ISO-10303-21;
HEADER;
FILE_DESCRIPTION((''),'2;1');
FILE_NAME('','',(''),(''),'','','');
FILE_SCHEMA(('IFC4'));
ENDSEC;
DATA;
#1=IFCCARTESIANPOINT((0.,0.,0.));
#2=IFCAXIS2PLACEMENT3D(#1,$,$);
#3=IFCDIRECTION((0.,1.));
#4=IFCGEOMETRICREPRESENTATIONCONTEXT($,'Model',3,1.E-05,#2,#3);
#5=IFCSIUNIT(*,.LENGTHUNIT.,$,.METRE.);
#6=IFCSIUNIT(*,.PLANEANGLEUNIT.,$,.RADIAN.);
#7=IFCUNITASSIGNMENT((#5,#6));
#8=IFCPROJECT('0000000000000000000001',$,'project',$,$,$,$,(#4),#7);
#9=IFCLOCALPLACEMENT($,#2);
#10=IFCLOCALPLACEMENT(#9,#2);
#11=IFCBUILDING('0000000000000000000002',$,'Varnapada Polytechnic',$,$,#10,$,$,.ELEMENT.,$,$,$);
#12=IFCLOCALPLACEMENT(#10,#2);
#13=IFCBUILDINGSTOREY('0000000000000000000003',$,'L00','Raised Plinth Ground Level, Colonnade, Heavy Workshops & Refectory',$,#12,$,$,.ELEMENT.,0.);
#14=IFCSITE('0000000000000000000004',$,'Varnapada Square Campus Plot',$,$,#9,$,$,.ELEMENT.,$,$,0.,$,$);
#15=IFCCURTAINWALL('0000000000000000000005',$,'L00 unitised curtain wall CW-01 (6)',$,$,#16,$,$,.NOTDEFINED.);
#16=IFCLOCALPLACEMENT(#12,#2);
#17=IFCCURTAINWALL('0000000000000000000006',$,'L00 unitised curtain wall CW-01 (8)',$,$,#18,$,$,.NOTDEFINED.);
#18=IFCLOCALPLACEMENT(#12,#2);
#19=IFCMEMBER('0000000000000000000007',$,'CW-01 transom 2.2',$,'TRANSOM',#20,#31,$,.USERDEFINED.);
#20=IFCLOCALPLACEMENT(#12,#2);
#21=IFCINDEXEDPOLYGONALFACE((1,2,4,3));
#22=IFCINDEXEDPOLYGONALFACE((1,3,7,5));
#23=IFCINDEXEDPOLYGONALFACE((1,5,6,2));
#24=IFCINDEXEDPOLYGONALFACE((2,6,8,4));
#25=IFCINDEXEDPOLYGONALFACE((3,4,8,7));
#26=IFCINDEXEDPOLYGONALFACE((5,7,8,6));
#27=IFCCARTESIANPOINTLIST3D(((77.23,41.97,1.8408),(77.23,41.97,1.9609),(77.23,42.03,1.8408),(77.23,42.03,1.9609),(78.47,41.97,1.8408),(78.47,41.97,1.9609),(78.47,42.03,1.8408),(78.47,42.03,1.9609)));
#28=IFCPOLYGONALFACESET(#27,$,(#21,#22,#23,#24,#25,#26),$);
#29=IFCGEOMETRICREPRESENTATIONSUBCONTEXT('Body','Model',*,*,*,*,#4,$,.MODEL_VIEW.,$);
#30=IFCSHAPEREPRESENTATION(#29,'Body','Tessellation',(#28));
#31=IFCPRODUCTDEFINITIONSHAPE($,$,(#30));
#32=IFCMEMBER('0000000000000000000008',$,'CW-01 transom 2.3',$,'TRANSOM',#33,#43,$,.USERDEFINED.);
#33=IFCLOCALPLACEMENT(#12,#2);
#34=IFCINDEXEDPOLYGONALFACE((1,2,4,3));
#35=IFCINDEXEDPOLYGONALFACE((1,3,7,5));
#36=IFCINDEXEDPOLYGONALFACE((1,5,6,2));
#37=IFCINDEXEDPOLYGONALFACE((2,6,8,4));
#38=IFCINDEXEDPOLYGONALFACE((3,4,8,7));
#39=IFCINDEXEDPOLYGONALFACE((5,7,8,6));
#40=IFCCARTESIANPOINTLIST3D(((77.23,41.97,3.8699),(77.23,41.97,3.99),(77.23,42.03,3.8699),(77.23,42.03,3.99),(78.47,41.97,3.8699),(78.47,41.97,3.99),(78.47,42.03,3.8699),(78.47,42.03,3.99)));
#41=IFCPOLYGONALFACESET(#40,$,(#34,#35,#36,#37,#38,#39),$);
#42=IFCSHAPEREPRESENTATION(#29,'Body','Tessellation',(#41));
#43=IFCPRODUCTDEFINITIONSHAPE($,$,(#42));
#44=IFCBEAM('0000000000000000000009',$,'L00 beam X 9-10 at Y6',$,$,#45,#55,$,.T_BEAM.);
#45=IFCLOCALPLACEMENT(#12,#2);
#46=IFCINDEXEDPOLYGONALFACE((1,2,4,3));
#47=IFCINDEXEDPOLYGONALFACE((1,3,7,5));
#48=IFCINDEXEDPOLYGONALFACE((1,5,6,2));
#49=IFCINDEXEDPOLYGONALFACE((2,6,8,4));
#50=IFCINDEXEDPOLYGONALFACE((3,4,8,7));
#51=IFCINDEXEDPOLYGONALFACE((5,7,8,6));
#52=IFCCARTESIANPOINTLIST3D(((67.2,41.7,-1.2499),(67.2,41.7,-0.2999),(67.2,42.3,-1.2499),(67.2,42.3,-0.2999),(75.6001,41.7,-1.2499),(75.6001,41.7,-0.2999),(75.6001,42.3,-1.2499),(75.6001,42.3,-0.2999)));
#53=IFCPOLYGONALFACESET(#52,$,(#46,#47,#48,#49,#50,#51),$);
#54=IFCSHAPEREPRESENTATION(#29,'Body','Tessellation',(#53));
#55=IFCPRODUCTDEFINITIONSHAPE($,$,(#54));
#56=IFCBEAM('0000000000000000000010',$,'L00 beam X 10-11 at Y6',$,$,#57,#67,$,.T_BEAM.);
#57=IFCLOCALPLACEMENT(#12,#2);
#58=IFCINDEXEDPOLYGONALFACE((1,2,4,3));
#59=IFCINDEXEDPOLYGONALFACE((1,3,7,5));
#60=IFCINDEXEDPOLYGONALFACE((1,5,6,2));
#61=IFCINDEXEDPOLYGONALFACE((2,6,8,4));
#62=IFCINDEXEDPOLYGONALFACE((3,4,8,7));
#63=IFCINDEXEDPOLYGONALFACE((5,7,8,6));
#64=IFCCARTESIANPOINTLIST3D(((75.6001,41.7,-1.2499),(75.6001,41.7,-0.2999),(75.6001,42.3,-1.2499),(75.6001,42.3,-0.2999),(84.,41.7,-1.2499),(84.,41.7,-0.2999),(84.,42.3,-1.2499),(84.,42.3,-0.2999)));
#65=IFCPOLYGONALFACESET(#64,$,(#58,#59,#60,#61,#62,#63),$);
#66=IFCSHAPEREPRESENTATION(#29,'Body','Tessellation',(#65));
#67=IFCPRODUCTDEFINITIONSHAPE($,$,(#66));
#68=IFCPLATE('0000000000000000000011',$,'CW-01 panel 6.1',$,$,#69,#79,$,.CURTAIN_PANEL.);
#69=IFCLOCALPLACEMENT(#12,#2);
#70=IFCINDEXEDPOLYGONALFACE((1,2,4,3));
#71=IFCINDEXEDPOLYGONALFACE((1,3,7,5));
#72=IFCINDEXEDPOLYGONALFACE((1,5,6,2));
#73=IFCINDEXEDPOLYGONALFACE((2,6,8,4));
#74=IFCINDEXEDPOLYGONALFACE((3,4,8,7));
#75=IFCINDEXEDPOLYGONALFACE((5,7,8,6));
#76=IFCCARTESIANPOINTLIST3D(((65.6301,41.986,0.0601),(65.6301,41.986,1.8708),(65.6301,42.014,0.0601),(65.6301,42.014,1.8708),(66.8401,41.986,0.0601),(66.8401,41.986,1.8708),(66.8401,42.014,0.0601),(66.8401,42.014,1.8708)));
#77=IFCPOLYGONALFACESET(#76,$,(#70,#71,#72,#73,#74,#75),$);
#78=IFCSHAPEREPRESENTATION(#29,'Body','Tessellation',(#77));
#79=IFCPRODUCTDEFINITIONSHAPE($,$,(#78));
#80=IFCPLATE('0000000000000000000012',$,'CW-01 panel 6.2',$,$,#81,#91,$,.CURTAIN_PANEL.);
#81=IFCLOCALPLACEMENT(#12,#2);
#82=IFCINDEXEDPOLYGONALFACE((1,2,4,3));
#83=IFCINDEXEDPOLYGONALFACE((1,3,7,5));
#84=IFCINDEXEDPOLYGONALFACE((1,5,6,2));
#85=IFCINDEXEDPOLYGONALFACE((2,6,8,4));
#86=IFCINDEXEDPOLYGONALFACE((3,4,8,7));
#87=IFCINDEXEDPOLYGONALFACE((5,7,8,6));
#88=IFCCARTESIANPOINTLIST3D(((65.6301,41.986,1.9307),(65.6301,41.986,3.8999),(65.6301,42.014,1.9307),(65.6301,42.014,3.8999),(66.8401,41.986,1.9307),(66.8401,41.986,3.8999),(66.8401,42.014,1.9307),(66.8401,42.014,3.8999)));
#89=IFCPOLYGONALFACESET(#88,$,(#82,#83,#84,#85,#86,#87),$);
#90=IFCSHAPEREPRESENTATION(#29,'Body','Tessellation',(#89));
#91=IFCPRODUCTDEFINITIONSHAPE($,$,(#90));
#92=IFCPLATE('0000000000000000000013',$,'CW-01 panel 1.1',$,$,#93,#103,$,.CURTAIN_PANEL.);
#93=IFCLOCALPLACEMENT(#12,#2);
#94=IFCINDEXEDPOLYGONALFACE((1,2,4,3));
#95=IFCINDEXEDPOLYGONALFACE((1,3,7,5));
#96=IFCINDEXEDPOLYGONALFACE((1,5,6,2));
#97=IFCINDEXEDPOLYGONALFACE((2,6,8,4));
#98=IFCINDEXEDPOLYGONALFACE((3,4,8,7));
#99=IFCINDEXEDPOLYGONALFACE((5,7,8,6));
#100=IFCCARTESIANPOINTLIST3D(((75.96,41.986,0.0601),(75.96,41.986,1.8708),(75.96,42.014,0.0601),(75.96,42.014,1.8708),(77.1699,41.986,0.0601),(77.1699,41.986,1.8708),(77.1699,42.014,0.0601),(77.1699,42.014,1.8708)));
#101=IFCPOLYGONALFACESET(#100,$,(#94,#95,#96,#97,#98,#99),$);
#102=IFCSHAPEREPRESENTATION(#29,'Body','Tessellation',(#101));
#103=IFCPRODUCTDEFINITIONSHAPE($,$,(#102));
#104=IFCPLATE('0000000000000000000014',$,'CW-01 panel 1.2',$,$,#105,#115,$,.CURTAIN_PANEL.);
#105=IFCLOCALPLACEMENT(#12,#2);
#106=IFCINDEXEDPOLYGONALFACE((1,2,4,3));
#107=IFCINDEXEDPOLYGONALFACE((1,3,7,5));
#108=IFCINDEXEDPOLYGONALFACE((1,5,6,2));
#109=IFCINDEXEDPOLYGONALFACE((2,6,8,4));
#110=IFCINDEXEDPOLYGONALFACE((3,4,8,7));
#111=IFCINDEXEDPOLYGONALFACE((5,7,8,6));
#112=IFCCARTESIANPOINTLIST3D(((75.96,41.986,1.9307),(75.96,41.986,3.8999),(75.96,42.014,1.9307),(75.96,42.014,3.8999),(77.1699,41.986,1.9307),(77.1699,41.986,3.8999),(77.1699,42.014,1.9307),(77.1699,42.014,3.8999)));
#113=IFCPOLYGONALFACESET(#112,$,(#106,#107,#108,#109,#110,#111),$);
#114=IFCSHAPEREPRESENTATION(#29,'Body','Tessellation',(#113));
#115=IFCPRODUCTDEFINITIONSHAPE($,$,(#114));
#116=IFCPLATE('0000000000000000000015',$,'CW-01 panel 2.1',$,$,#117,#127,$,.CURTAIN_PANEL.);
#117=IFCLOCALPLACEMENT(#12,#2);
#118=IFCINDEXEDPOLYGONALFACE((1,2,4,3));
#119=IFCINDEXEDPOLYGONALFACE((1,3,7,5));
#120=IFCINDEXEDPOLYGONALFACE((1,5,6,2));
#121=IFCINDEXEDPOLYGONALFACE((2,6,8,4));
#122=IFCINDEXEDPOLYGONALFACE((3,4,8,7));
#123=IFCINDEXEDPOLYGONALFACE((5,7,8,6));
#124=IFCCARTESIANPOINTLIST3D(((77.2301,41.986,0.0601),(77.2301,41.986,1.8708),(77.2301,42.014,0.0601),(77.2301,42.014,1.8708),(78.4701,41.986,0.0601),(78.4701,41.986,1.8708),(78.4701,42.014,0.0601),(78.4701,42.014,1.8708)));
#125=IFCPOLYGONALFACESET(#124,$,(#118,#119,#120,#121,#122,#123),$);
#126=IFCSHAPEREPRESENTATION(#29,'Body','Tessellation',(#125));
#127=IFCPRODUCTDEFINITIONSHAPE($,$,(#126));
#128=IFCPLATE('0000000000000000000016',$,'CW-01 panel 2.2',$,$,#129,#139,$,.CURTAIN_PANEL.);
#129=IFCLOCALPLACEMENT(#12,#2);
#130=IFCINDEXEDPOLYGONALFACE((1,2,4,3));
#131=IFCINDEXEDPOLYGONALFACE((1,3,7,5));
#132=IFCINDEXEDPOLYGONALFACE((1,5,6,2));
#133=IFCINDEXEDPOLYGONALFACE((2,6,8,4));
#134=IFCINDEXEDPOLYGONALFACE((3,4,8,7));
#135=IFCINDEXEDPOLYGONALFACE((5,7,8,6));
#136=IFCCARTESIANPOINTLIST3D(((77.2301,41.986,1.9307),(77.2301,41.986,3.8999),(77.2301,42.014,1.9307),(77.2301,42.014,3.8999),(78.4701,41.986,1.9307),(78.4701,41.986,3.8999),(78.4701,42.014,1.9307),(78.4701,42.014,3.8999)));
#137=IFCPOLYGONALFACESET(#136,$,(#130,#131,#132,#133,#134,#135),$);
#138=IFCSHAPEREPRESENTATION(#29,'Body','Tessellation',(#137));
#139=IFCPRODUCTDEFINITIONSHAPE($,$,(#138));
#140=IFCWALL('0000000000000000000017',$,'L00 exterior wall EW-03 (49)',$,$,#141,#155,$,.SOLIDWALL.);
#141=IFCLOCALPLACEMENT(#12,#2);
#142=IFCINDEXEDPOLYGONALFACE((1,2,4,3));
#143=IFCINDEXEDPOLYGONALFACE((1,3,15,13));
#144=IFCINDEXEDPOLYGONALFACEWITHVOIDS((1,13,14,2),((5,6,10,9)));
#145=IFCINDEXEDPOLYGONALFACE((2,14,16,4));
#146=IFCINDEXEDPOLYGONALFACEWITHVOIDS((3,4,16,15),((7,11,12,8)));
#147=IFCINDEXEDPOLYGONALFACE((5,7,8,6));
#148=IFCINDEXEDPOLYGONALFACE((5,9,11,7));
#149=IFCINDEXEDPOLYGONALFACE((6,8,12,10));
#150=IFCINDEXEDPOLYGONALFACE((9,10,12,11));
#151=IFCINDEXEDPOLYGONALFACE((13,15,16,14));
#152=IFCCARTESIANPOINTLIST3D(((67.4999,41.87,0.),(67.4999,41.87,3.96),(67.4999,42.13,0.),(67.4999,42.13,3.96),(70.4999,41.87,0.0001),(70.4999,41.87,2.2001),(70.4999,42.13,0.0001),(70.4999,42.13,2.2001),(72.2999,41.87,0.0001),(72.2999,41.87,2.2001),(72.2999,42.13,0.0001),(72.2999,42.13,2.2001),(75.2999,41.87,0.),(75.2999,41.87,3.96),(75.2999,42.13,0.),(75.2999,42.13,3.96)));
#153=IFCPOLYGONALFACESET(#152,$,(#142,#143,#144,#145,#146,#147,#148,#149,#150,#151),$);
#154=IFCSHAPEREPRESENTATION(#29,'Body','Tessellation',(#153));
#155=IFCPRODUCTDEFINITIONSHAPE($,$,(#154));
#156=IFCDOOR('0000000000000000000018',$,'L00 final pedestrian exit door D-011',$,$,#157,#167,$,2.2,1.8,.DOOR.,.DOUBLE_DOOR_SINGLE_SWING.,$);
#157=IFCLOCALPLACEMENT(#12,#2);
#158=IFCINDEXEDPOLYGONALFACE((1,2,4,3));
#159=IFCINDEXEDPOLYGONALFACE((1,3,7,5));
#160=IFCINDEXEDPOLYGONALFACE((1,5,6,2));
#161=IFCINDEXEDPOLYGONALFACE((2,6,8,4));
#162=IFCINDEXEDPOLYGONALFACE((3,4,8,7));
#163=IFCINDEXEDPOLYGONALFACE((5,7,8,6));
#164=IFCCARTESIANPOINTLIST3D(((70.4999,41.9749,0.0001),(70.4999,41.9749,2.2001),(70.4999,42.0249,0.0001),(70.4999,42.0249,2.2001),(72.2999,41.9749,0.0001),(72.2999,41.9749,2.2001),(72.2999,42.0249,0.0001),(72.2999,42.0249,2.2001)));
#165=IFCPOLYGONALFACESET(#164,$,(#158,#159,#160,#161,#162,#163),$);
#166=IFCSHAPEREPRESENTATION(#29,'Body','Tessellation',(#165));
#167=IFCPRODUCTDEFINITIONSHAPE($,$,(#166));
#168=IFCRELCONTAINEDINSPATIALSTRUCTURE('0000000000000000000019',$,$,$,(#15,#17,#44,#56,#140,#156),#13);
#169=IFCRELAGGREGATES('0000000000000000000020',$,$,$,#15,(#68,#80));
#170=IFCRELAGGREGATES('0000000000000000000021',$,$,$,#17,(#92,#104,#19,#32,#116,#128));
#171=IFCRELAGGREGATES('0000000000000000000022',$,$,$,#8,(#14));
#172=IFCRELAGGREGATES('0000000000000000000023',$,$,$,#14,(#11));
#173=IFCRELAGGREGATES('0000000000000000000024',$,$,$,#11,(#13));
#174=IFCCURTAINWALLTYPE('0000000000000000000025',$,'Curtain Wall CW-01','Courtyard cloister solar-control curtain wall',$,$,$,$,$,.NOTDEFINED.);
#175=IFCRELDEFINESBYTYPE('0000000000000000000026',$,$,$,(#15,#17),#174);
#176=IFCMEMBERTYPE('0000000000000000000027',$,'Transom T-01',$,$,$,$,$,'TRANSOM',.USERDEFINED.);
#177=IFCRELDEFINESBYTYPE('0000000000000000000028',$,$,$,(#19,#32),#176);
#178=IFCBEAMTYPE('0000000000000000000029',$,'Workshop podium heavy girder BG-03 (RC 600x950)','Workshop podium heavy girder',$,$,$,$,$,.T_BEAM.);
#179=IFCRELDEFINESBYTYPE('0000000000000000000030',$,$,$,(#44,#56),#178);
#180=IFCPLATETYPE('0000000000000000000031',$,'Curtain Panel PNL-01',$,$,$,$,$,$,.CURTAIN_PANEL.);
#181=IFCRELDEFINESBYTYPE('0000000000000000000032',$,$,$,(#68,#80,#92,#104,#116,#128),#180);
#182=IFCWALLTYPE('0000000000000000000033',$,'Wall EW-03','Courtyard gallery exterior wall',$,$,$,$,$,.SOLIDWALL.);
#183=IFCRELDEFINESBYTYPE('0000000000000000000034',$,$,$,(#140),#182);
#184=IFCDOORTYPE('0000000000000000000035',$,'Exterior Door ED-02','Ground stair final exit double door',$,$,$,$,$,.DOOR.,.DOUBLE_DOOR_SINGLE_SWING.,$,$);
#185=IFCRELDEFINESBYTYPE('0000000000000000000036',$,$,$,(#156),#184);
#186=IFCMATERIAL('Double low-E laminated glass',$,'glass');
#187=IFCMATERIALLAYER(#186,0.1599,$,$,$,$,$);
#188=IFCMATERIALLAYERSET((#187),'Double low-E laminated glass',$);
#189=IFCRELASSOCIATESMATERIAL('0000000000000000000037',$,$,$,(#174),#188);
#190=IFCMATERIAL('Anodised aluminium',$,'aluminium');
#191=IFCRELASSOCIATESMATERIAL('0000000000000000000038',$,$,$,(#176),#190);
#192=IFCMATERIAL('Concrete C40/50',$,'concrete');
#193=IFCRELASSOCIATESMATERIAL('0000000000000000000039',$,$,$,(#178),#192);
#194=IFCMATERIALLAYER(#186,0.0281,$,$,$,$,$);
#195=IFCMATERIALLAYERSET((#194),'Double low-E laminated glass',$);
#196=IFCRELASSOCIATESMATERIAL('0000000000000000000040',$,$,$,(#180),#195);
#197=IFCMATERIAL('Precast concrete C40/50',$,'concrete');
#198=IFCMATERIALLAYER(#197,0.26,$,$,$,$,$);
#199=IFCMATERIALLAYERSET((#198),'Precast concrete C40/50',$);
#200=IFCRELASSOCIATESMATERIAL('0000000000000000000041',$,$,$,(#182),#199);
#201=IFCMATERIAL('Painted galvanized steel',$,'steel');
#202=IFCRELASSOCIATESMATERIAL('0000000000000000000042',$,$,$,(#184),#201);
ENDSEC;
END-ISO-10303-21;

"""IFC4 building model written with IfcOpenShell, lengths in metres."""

from ifc_helpers import new_model, si_unit, direction, frame, frame_2d, origin, origin_2d, place, context, subcontext, project, spatial, rectangle, extrude, material, layer, layer_set, material_profile, profile_set, type_object, element, fill, aggregate, save


model = new_model("IFC4")

# Units and contexts
model_context = context("Model", 3, precision=1e-05, world=origin(), true_north=direction((0.0, 1.0)))
body_context = subcontext(model_context, "Body", "Model", "MODEL_VIEW")
ifc_project = project(units=[si_unit("LENGTHUNIT", "METRE"), si_unit("PLANEANGLEUNIT", "RADIAN")], contexts=[model_context])

# Site, building, storey
site_placement = place(None, origin())
site = spatial("IfcSite", under=ifc_project, at=site_placement, Name="Varnapada Square Campus Plot", CompositionType="ELEMENT", RefElevation=0.0)
building_placement = place(site_placement, origin())
building = spatial("IfcBuilding", under=site, at=building_placement, Name="Varnapada Polytechnic", CompositionType="ELEMENT")
storey_placement = place(building_placement, origin())
storey = spatial("IfcBuildingStorey", under=building, at=storey_placement, Name="L00", Description="Raised Plinth Ground Level, Colonnade, Heavy Workshops & Refectory", CompositionType="ELEMENT", Elevation=0.0)

# Shared definitions
ifc_material_1 = material(Name="Concrete C40/50", Category="concrete")

# Curtain walls
ifc_material_2 = material(Name="Double low-E laminated glass", Category="glass")
ifc_layer_1 = layer(ifc_material_2, 0.1599)
ifc_layer_set_1 = layer_set([ifc_layer_1], Name="Double low-E laminated glass")
curtain_wall_type = type_object("IfcCurtainWallType", Name="Curtain Wall CW-01", Description="Courtyard cloister solar-control curtain wall", PredefinedType="NOTDEFINED", material=ifc_layer_set_1)
curtain_wall_1_placement = place(storey_placement, origin())
curtain_wall_1 = element("IfcCurtainWall", 1, at=curtain_wall_1_placement, inside=storey, type_object=curtain_wall_type, Name="L00 unitised curtain wall CW-01 (6)", PredefinedType="NOTDEFINED")
ifc_material_3 = material(Name="Anodised aluminium", Category="aluminium")
curtain_wall_2_placement = place(storey_placement, origin())
curtain_wall_2 = element("IfcCurtainWall", 2, at=curtain_wall_2_placement, inside=storey, type_object=curtain_wall_type, Name="L00 unitised curtain wall CW-01 (8)", PredefinedType="NOTDEFINED")

# Members
ifc_material_profile_1 = material_profile(ifc_material_3, rectangle(XDim=0.0601, YDim=0.1201, at=origin_2d()), Name="ALU T60x120")
ifc_profile_set_1 = profile_set([ifc_material_profile_1], Name="Anodised aluminium")
member_type_1 = type_object("IfcMemberType", Name="Transom T-01", ElementType="TRANSOM", PredefinedType="USERDEFINED", material=ifc_profile_set_1)
member_1_placement = place(storey_placement, frame((77.23, 42.0, 1.9009), z_axis=(1.0, 0.0, 0.0), x_axis=(0.0, 1.0, 0.0)))
member_1 = element("IfcMember", 3, at=member_1_placement, type_object=member_type_1, Name="CW-01 transom 2.2", ObjectType="TRANSOM", PredefinedType="USERDEFINED", context=body_context, shape_type="SweptSolid", body=[
    extrude(rectangle(XDim=0.0601, YDim=0.1201, at=origin_2d()), origin(), (0.0, 0.0, 1.0), 1.24),
])
member_2_placement = place(storey_placement, frame((77.23, 42.0, 3.9299), z_axis=(1.0, 0.0, 0.0), x_axis=(0.0, 1.0, 0.0)))
member_2 = element("IfcMember", 4, at=member_2_placement, type_object=member_type_1, Name="CW-01 transom 2.3", ObjectType="TRANSOM", PredefinedType="USERDEFINED", context=body_context, shape_type="SweptSolid", body=[
    extrude(rectangle(XDim=0.0601, YDim=0.1201, at=origin_2d()), origin(), (0.0, 0.0, 1.0), 1.24),
])

# Beams
ifc_material_profile_2 = material_profile(ifc_material_1, rectangle(XDim=0.6001, YDim=0.95, at=origin_2d()), Name="RC 600x950")
ifc_profile_set_2 = profile_set([ifc_material_profile_2], Name="Concrete C40/50")
beam_type_1 = type_object("IfcBeamType", Name="Workshop podium heavy girder BG-03 (RC 600x950)", Description="Workshop podium heavy girder", PredefinedType="T_BEAM", material=ifc_profile_set_2)
beam_1_placement = place(storey_placement, frame((67.2, 42.0, -0.7749), z_axis=(1.0, 0.0, 0.0), x_axis=(0.0, 1.0, 0.0)))
element("IfcBeam", 5, at=beam_1_placement, inside=storey, type_object=beam_type_1, Name="L00 beam X 9-10 at Y6", PredefinedType="T_BEAM", context=body_context, shape_type="SweptSolid", body=[
    extrude(rectangle(XDim=0.6001, YDim=0.95, at=origin_2d()), origin(), (0.0, 0.0, 1.0), 8.4001),
])
beam_2_placement = place(storey_placement, frame((75.6001, 42.0, -0.7749), z_axis=(1.0, 0.0, 0.0), x_axis=(0.0, 1.0, 0.0)))
element("IfcBeam", 6, at=beam_2_placement, inside=storey, type_object=beam_type_1, Name="L00 beam X 10-11 at Y6", PredefinedType="T_BEAM", context=body_context, shape_type="SweptSolid", body=[
    extrude(rectangle(XDim=0.6001, YDim=0.95, at=origin_2d()), origin(), (0.0, 0.0, 1.0), 8.3999),
])

# Plates
ifc_layer_2 = layer(ifc_material_2, 0.0281)
ifc_layer_set_2 = layer_set([ifc_layer_2], Name="Double low-E laminated glass")
plate_type = type_object("IfcPlateType", Name="Curtain Panel PNL-01", PredefinedType="CURTAIN_PANEL", material=ifc_layer_set_2)
plate_1_placement = place(storey_placement, frame((66.2351, 42.0, 0.0601), z_axis=(0.0, 0.0, 1.0), x_axis=(1.0, 0.0, 0.0)))
plate_1 = element("IfcPlate", 7, at=plate_1_placement, type_object=plate_type, Name="CW-01 panel 6.1", PredefinedType="CURTAIN_PANEL", context=body_context, shape_type="SweptSolid", body=[
    extrude(rectangle(XDim=1.21, YDim=0.0281, at=origin_2d()), origin(), (0.0, 0.0, 1.0), 1.8108),
])
plate_2_placement = place(storey_placement, frame((66.2351, 42.0, 1.9307), z_axis=(0.0, 0.0, 1.0), x_axis=(1.0, 0.0, 0.0)))
plate_2 = element("IfcPlate", 8, at=plate_2_placement, type_object=plate_type, Name="CW-01 panel 6.2", PredefinedType="CURTAIN_PANEL", context=body_context, shape_type="SweptSolid", body=[
    extrude(rectangle(XDim=1.21, YDim=0.0281, at=origin_2d()), origin(), (0.0, 0.0, 1.0), 1.9692),
])
aggregate(curtain_wall_1, [plate_1, plate_2])
plate_3_placement = place(storey_placement, frame((76.5649, 42.0, 0.0601), z_axis=(0.0, 0.0, 1.0), x_axis=(1.0, 0.0, 0.0)))
plate_3 = element("IfcPlate", 9, at=plate_3_placement, type_object=plate_type, Name="CW-01 panel 1.1", PredefinedType="CURTAIN_PANEL", context=body_context, shape_type="SweptSolid", body=[
    extrude(rectangle(XDim=1.21, YDim=0.0281, at=origin_2d()), origin(), (0.0, 0.0, 1.0), 1.8108),
])
plate_4_placement = place(storey_placement, frame((76.5649, 42.0, 1.9307), z_axis=(0.0, 0.0, 1.0), x_axis=(1.0, 0.0, 0.0)))
plate_4 = element("IfcPlate", 10, at=plate_4_placement, type_object=plate_type, Name="CW-01 panel 1.2", PredefinedType="CURTAIN_PANEL", context=body_context, shape_type="SweptSolid", body=[
    extrude(rectangle(XDim=1.21, YDim=0.0281, at=origin_2d()), origin(), (0.0, 0.0, 1.0), 1.9692),
])
plate_5_placement = place(storey_placement, frame((77.8501, 42.0, 0.0601), z_axis=(0.0, 0.0, 1.0), x_axis=(1.0, 0.0, 0.0)))
plate_5 = element("IfcPlate", 11, at=plate_5_placement, type_object=plate_type, Name="CW-01 panel 2.1", PredefinedType="CURTAIN_PANEL", context=body_context, shape_type="SweptSolid", body=[
    extrude(rectangle(XDim=1.24, YDim=0.0281, at=origin_2d()), origin(), (0.0, 0.0, 1.0), 1.8108),
])
plate_6_placement = place(storey_placement, frame((77.8501, 42.0, 1.9307), z_axis=(0.0, 0.0, 1.0), x_axis=(1.0, 0.0, 0.0)))
plate_6 = element("IfcPlate", 12, at=plate_6_placement, type_object=plate_type, Name="CW-01 panel 2.2", PredefinedType="CURTAIN_PANEL", context=body_context, shape_type="SweptSolid", body=[
    extrude(rectangle(XDim=1.24, YDim=0.0281, at=origin_2d()), origin(), (0.0, 0.0, 1.0), 1.9692),
])
aggregate(curtain_wall_2, [plate_3, plate_4, member_1, member_2, plate_5, plate_6])

# Wall, opening, door
ifc_material_4 = material(Name="Precast concrete C40/50", Category="concrete")
ifc_layer_3 = layer(ifc_material_4, 0.26)
ifc_layer_set_3 = layer_set([ifc_layer_3], Name="Precast concrete C40/50")
wall_type = type_object("IfcWallType", Name="Wall EW-03", Description="Courtyard gallery exterior wall", PredefinedType="SOLIDWALL", material=ifc_layer_set_3)
wall_placement = place(storey_placement, frame((67.5, 42.0, 0.0), z_axis=(0.0, 0.0, 1.0), x_axis=(1.0, 0.0, 0.0)))
wall = element("IfcWall", 13, at=wall_placement, inside=storey, type_object=wall_type, Name="L00 exterior wall EW-03 (49)", PredefinedType="SOLIDWALL", context=body_context, shape_type="SweptSolid", body=[
    extrude(rectangle(XDim=7.8, YDim=0.26, at=frame_2d((3.8999, 0.0))), origin(), (0.0, 0.0, 1.0), 3.96),
])
opening_placement = place(wall_placement, frame((3.0, 0.0, 0.0)))
opening = element("IfcOpeningElement", 14, at=opening_placement, cuts=wall, PredefinedType="OPENING", context=body_context, shape_type="SweptSolid", body=[
    extrude(rectangle(XDim=1.8, YDim=2.2, at=frame_2d((0.8999, 1.1001))), frame((0.0, 0.1399, 0.0), z_axis=(0.0, -1.0, 0.0), x_axis=(1.0, 0.0, 0.0)), (0.0, 0.0, 1.0), 0.28),
])
ifc_material_5 = material(Name="Painted galvanized steel", Category="steel")
door_type = type_object("IfcDoorType", Name="Exterior Door ED-02", Description="Ground stair final exit double door", OperationType="DOUBLE_DOOR_SINGLE_SWING", PredefinedType="DOOR", material=ifc_material_5)
door_placement = place(opening_placement, origin())
door = element("IfcDoor", 15, at=door_placement, inside=storey, type_object=door_type, Name="L00 final pedestrian exit door D-011", OperationType="DOUBLE_DOOR_SINGLE_SWING", OverallHeight=2.2, OverallWidth=1.8, PredefinedType="DOOR", context=body_context, shape_type="SweptSolid", body=[
    extrude(rectangle(XDim=1.8, YDim=2.2, at=frame_2d((0.8999, 1.1001))), frame((0.0, 0.0249, 0.0), z_axis=(0.0, -1.0, 0.0), x_axis=(1.0, 0.0, 0.0)), (0.0, 0.0, 1.0), 0.05),
])
fill(opening, door)

save(model, "model.ifc")
